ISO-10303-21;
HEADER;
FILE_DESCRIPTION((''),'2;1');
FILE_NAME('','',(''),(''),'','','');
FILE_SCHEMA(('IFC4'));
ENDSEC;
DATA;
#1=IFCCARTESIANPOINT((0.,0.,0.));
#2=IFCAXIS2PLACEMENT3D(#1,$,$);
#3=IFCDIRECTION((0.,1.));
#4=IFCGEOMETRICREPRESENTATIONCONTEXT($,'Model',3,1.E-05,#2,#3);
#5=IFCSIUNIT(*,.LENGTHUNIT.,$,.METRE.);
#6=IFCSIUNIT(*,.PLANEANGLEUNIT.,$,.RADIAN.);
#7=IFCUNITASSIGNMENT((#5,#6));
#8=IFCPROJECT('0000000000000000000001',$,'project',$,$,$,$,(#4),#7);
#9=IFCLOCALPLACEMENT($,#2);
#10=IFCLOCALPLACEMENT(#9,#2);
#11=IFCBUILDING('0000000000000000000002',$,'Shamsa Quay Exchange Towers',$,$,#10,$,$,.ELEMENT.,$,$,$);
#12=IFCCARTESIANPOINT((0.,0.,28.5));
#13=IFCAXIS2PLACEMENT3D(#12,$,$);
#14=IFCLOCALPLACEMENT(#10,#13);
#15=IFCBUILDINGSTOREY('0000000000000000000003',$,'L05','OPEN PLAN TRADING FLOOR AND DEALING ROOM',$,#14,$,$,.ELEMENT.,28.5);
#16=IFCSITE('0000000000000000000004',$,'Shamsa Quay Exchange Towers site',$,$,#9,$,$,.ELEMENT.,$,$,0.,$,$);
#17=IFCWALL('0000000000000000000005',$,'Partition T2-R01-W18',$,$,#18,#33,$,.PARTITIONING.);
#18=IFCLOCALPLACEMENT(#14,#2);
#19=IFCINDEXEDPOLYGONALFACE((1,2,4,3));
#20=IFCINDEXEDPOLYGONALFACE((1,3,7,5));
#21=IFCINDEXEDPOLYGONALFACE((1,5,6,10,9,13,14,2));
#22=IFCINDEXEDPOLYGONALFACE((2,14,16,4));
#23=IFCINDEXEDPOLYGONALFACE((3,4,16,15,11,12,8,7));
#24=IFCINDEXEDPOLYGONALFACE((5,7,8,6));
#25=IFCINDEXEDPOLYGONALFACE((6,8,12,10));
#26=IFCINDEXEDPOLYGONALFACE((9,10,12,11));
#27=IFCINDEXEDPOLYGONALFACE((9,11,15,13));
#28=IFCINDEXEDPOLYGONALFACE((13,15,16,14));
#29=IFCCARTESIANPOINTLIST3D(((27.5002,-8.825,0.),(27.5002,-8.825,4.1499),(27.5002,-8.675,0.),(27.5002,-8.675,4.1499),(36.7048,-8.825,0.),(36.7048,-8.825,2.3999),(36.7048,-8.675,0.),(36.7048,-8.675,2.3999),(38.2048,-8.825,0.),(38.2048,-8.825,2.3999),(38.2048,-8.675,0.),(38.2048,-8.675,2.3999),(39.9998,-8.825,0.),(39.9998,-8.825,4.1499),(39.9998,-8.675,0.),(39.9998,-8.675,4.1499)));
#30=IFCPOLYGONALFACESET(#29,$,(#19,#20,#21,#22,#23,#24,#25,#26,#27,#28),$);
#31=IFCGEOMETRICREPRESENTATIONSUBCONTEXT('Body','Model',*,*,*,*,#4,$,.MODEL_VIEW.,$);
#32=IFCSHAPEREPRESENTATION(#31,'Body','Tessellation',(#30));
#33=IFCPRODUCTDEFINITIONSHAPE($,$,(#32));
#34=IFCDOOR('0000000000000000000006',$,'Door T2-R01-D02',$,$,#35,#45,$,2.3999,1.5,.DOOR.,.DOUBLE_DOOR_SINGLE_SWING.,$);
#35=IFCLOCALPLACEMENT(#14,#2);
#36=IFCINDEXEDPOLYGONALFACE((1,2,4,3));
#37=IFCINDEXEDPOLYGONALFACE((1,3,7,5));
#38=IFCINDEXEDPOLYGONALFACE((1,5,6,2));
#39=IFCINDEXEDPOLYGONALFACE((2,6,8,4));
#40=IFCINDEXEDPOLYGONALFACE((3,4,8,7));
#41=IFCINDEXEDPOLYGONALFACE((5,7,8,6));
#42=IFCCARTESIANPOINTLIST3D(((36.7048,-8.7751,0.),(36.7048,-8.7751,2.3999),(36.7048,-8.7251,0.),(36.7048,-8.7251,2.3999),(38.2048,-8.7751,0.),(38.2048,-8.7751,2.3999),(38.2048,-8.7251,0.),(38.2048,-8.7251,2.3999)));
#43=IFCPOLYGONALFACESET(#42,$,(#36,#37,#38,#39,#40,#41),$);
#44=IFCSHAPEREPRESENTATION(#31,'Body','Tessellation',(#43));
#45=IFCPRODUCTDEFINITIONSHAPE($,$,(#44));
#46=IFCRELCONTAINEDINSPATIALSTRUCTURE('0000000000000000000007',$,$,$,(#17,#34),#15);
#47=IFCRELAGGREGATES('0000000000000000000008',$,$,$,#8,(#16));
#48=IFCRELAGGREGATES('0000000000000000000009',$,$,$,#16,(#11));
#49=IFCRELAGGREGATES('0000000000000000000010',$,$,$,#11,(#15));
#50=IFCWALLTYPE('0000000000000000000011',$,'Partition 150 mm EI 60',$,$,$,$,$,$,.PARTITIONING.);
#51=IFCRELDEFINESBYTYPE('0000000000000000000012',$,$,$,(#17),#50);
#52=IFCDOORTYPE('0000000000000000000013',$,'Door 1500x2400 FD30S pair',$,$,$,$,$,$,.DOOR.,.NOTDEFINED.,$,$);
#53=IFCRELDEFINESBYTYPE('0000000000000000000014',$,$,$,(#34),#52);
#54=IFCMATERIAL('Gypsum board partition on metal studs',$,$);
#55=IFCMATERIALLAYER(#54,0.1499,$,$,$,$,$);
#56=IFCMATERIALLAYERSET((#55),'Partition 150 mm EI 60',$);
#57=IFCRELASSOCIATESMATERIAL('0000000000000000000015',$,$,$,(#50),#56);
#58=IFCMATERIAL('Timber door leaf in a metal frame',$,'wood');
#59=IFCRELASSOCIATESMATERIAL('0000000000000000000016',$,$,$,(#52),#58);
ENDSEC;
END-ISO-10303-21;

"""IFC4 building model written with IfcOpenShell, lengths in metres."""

from ifc_helpers import new_model, si_unit, direction, frame, frame_2d, origin, place, context, subcontext, project, spatial, rectangle, extrude, material, layer, layer_set, type_object, element, fill, save


model = new_model("IFC4")

# Units and contexts
model_context = context("Model", 3, precision=1e-05, world=origin(), true_north=direction((0.0, 1.0)))
body_context = subcontext(model_context, "Body", "Model", "MODEL_VIEW")
ifc_project = project(units=[si_unit("LENGTHUNIT", "METRE"), si_unit("PLANEANGLEUNIT", "RADIAN")], contexts=[model_context])

# Site, building, storey
site_placement = place(None, origin())
site = spatial("IfcSite", under=ifc_project, at=site_placement, Name="Shamsa Quay Exchange Towers site", CompositionType="ELEMENT", RefElevation=0.0)
building_placement = place(site_placement, origin())
building = spatial("IfcBuilding", under=site, at=building_placement, Name="Shamsa Quay Exchange Towers", CompositionType="ELEMENT")
storey_placement = place(building_placement, frame((0.0, 0.0, 28.5)))
storey = spatial("IfcBuildingStorey", under=building, at=storey_placement, Name="L05", Description="OPEN PLAN TRADING FLOOR AND DEALING ROOM", CompositionType="ELEMENT", Elevation=28.5)

# Wall, opening, door
ifc_material_1 = material(Name="Gypsum board partition on metal studs")
ifc_layer_1 = layer(ifc_material_1, 0.1499)
ifc_layer_set_1 = layer_set([ifc_layer_1], Name="Partition 150 mm EI 60")
wall_type = type_object("IfcWallType", Name="Partition 150 mm EI 60", PredefinedType="PARTITIONING", material=ifc_layer_set_1)
wall_placement = place(storey_placement, frame((27.5002, -8.75, 0.0)))
wall = element("IfcWall", 1, at=wall_placement, inside=storey, type_object=wall_type, Name="Partition T2-R01-W18", PredefinedType="PARTITIONING", context=body_context, shape_type="SweptSolid", body=[
    extrude(rectangle(XDim=12.4995, YDim=0.1499, at=frame_2d((6.2498, 0.0))), origin(), (0.0, 0.0, 1.0), 4.1499),
])
opening_placement = place(wall_placement, frame((9.2046, 0.0, 0.0)))
opening = element("IfcOpeningElement", 2, at=opening_placement, cuts=wall, PredefinedType="OPENING", context=body_context, shape_type="SweptSolid", body=[
    extrude(rectangle(XDim=1.5, YDim=2.3999, at=frame_2d((0.75, 1.2))), frame((0.0, 0.085, 0.0), z_axis=(0.0, -1.0, 0.0), x_axis=(1.0, 0.0, 0.0)), (0.0, 0.0, 1.0), 0.1699),
])
ifc_material_2 = material(Name="Timber door leaf in a metal frame", Category="wood")
door_type = type_object("IfcDoorType", Name="Door 1500x2400 FD30S pair", OperationType="NOTDEFINED", PredefinedType="DOOR", material=ifc_material_2)
door_placement = place(opening_placement, origin())
door = element("IfcDoor", 3, at=door_placement, inside=storey, type_object=door_type, Name="Door T2-R01-D02", OperationType="DOUBLE_DOOR_SINGLE_SWING", OverallHeight=2.3999, OverallWidth=1.5, PredefinedType="DOOR", context=body_context, shape_type="SweptSolid", body=[
    extrude(rectangle(XDim=1.5, YDim=2.3999, at=frame_2d((0.75, 1.2))), frame((0.0, 0.0249, 0.0), z_axis=(0.0, -1.0, 0.0), x_axis=(1.0, 0.0, 0.0)), (0.0, 0.0, 1.0), 0.05),
])
fill(opening, door)

save(model, "model.ifc")
